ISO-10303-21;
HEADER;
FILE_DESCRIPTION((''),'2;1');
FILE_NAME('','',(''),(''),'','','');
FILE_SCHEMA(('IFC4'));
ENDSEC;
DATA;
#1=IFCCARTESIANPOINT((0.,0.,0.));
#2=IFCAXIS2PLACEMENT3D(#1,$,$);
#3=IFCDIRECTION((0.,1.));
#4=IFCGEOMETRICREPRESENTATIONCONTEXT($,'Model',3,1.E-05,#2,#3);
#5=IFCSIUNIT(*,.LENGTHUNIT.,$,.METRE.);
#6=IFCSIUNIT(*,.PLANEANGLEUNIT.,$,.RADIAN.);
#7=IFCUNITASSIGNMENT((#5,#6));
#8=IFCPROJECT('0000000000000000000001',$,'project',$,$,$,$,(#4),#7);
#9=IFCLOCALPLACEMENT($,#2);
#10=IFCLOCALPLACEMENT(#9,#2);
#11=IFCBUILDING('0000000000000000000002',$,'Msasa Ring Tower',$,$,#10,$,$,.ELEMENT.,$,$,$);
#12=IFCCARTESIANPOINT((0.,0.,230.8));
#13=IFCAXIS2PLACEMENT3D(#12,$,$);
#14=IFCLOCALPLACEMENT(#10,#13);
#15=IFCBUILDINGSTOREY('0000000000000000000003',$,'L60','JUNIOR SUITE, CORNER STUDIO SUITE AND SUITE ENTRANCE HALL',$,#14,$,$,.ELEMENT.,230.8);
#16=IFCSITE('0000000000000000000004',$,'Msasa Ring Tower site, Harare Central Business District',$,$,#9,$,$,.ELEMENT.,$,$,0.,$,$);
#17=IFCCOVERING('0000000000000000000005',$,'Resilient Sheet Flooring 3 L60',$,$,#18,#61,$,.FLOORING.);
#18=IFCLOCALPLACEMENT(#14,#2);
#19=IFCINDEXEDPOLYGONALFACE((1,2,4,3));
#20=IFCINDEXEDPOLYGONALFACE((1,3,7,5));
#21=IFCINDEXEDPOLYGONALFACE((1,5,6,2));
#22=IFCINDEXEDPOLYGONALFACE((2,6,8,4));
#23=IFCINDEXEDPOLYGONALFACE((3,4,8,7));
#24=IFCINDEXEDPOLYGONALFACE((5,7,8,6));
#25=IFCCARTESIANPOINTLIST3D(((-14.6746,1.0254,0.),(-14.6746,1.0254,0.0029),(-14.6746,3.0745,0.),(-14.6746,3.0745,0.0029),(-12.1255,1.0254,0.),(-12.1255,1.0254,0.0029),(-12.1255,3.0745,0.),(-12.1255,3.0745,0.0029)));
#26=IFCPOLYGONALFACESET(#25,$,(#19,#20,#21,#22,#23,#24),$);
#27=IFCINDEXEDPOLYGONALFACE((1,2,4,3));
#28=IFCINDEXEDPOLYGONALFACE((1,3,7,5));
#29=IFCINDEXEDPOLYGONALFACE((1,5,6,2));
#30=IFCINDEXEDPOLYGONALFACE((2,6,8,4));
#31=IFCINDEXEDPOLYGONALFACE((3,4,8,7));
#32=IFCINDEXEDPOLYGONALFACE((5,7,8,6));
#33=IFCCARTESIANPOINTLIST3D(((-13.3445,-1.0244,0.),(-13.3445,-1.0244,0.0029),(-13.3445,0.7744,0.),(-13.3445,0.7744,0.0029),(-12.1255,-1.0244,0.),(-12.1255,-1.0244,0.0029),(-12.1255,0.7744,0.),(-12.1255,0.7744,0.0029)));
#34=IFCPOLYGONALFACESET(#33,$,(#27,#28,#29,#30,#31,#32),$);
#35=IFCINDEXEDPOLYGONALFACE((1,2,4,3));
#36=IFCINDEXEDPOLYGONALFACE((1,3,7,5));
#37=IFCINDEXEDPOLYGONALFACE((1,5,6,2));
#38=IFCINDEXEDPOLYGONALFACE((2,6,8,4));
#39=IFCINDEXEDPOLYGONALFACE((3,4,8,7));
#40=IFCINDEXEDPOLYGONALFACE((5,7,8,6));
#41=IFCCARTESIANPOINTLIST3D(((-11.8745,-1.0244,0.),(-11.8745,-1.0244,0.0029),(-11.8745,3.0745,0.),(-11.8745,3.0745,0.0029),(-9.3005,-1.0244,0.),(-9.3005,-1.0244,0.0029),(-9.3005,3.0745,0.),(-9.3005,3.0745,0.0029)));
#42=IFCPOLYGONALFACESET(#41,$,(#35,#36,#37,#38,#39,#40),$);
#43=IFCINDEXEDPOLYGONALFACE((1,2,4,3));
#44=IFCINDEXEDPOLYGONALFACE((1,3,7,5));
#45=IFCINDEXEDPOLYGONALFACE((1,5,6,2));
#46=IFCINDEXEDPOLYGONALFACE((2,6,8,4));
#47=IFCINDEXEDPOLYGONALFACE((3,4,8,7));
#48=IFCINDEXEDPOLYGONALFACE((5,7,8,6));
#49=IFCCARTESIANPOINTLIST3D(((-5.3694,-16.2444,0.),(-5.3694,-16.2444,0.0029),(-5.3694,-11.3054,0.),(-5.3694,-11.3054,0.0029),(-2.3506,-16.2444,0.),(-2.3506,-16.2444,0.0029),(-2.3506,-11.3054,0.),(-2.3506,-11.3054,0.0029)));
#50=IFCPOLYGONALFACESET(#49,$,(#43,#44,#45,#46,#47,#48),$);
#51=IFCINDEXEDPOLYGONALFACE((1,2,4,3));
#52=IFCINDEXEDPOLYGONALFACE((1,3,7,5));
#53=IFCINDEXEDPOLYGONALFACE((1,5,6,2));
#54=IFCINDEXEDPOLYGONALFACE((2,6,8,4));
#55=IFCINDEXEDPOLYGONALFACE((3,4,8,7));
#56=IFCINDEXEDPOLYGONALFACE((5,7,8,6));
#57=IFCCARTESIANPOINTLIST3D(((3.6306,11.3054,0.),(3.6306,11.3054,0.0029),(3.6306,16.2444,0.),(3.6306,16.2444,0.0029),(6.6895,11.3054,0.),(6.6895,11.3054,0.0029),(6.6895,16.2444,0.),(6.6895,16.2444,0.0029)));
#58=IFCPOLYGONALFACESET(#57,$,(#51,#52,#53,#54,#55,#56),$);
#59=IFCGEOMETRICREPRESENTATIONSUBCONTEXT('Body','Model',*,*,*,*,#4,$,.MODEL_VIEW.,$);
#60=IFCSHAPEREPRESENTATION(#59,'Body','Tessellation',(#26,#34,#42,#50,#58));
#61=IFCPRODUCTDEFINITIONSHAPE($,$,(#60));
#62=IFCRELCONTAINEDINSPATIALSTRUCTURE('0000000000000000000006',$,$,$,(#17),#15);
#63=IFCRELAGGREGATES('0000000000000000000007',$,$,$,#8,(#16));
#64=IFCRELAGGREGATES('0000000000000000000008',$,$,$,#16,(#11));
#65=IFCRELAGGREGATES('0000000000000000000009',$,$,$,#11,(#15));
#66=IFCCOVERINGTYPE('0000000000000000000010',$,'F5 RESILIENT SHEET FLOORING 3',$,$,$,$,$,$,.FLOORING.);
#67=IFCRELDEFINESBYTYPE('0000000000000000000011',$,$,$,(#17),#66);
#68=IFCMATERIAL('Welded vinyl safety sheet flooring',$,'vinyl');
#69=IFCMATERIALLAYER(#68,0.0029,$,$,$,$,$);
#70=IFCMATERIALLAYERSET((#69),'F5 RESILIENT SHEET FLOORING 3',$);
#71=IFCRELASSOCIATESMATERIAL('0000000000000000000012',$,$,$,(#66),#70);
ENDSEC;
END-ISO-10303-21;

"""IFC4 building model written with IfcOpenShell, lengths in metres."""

from ifc_helpers import new_model, si_unit, direction, frame, origin, place, context, subcontext, project, spatial, line, indexed_curve, outline, extrude, material, layer, layer_set, type_object, element, save


model = new_model("IFC4")

# Units and contexts
model_context = context("Model", 3, precision=1e-05, world=origin(), true_north=direction((0.0, 1.0)))
body_context = subcontext(model_context, "Body", "Model", "MODEL_VIEW")
ifc_project = project(units=[si_unit("LENGTHUNIT", "METRE"), si_unit("PLANEANGLEUNIT", "RADIAN")], contexts=[model_context])

# Site, building, storey
site_placement = place(None, origin())
site = spatial("IfcSite", under=ifc_project, at=site_placement, Name="Msasa Ring Tower site, Harare Central Business District", CompositionType="ELEMENT", RefElevation=0.0)
building_placement = place(site_placement, origin())
building = spatial("IfcBuilding", under=site, at=building_placement, Name="Msasa Ring Tower", CompositionType="ELEMENT")
storey_placement = place(building_placement, frame((0.0, 0.0, 230.8)))
storey = spatial("IfcBuildingStorey", under=building, at=storey_placement, Name="L60", Description="JUNIOR SUITE, CORNER STUDIO SUITE AND SUITE ENTRANCE HALL", CompositionType="ELEMENT", Elevation=230.8)

# Covering
ifc_material_1 = material(Name="Welded vinyl safety sheet flooring", Category="vinyl")
ifc_layer_1 = layer(ifc_material_1, 0.0029)
ifc_layer_set_1 = layer_set([ifc_layer_1], Name="F5 RESILIENT SHEET FLOORING 3")
covering_type_1 = type_object("IfcCoveringType", Name="F5 RESILIENT SHEET FLOORING 3", PredefinedType="FLOORING", material=ifc_layer_set_1)
covering_1_placement = place(storey_placement, origin())
element("IfcCovering", 1, at=covering_1_placement, inside=storey, type_object=covering_type_1, Name="Resilient Sheet Flooring 3 L60", PredefinedType="FLOORING", context=body_context, shape_type="SweptSolid", body=[
    extrude(outline(indexed_curve([(-14.6746, 3.0745), (-12.1255, 3.0745), (-12.1255, 1.0254), (-14.6746, 1.0254)], segments=[line(1, 2, 3, 4, 1)], self_intersect=False)), origin(), (0.0, 0.0, 1.0), 0.0029),
    extrude(outline(indexed_curve([(-13.3445, -1.0244), (-13.3445, 0.7744), (-12.1255, 0.7744), (-12.1255, -1.0244)], segments=[line(1, 2, 3, 4, 1)], self_intersect=False)), origin(), (0.0, 0.0, 1.0), 0.0029),
    extrude(outline(indexed_curve([(-11.8745, -1.0244), (-11.8745, 3.0745), (-9.3005, 3.0745), (-9.3005, -1.0244)], segments=[line(1, 2, 3, 4, 1)], self_intersect=False)), origin(), (0.0, 0.0, 1.0), 0.0029),
    extrude(outline(indexed_curve([(-5.3694, -16.2444), (-5.3694, -11.3054), (-2.3506, -11.3054), (-2.3506, -16.2444)], segments=[line(1, 2, 3, 4, 1)], self_intersect=False)), origin(), (0.0, 0.0, 1.0), 0.0029),
    extrude(outline(indexed_curve([(3.6306, 16.2444), (6.6895, 16.2444), (6.6895, 11.3054), (3.6306, 11.3054)], segments=[line(1, 2, 3, 4, 1)], self_intersect=False)), origin(), (0.0, 0.0, 1.0), 0.0029),
])

save(model, "model.ifc")
